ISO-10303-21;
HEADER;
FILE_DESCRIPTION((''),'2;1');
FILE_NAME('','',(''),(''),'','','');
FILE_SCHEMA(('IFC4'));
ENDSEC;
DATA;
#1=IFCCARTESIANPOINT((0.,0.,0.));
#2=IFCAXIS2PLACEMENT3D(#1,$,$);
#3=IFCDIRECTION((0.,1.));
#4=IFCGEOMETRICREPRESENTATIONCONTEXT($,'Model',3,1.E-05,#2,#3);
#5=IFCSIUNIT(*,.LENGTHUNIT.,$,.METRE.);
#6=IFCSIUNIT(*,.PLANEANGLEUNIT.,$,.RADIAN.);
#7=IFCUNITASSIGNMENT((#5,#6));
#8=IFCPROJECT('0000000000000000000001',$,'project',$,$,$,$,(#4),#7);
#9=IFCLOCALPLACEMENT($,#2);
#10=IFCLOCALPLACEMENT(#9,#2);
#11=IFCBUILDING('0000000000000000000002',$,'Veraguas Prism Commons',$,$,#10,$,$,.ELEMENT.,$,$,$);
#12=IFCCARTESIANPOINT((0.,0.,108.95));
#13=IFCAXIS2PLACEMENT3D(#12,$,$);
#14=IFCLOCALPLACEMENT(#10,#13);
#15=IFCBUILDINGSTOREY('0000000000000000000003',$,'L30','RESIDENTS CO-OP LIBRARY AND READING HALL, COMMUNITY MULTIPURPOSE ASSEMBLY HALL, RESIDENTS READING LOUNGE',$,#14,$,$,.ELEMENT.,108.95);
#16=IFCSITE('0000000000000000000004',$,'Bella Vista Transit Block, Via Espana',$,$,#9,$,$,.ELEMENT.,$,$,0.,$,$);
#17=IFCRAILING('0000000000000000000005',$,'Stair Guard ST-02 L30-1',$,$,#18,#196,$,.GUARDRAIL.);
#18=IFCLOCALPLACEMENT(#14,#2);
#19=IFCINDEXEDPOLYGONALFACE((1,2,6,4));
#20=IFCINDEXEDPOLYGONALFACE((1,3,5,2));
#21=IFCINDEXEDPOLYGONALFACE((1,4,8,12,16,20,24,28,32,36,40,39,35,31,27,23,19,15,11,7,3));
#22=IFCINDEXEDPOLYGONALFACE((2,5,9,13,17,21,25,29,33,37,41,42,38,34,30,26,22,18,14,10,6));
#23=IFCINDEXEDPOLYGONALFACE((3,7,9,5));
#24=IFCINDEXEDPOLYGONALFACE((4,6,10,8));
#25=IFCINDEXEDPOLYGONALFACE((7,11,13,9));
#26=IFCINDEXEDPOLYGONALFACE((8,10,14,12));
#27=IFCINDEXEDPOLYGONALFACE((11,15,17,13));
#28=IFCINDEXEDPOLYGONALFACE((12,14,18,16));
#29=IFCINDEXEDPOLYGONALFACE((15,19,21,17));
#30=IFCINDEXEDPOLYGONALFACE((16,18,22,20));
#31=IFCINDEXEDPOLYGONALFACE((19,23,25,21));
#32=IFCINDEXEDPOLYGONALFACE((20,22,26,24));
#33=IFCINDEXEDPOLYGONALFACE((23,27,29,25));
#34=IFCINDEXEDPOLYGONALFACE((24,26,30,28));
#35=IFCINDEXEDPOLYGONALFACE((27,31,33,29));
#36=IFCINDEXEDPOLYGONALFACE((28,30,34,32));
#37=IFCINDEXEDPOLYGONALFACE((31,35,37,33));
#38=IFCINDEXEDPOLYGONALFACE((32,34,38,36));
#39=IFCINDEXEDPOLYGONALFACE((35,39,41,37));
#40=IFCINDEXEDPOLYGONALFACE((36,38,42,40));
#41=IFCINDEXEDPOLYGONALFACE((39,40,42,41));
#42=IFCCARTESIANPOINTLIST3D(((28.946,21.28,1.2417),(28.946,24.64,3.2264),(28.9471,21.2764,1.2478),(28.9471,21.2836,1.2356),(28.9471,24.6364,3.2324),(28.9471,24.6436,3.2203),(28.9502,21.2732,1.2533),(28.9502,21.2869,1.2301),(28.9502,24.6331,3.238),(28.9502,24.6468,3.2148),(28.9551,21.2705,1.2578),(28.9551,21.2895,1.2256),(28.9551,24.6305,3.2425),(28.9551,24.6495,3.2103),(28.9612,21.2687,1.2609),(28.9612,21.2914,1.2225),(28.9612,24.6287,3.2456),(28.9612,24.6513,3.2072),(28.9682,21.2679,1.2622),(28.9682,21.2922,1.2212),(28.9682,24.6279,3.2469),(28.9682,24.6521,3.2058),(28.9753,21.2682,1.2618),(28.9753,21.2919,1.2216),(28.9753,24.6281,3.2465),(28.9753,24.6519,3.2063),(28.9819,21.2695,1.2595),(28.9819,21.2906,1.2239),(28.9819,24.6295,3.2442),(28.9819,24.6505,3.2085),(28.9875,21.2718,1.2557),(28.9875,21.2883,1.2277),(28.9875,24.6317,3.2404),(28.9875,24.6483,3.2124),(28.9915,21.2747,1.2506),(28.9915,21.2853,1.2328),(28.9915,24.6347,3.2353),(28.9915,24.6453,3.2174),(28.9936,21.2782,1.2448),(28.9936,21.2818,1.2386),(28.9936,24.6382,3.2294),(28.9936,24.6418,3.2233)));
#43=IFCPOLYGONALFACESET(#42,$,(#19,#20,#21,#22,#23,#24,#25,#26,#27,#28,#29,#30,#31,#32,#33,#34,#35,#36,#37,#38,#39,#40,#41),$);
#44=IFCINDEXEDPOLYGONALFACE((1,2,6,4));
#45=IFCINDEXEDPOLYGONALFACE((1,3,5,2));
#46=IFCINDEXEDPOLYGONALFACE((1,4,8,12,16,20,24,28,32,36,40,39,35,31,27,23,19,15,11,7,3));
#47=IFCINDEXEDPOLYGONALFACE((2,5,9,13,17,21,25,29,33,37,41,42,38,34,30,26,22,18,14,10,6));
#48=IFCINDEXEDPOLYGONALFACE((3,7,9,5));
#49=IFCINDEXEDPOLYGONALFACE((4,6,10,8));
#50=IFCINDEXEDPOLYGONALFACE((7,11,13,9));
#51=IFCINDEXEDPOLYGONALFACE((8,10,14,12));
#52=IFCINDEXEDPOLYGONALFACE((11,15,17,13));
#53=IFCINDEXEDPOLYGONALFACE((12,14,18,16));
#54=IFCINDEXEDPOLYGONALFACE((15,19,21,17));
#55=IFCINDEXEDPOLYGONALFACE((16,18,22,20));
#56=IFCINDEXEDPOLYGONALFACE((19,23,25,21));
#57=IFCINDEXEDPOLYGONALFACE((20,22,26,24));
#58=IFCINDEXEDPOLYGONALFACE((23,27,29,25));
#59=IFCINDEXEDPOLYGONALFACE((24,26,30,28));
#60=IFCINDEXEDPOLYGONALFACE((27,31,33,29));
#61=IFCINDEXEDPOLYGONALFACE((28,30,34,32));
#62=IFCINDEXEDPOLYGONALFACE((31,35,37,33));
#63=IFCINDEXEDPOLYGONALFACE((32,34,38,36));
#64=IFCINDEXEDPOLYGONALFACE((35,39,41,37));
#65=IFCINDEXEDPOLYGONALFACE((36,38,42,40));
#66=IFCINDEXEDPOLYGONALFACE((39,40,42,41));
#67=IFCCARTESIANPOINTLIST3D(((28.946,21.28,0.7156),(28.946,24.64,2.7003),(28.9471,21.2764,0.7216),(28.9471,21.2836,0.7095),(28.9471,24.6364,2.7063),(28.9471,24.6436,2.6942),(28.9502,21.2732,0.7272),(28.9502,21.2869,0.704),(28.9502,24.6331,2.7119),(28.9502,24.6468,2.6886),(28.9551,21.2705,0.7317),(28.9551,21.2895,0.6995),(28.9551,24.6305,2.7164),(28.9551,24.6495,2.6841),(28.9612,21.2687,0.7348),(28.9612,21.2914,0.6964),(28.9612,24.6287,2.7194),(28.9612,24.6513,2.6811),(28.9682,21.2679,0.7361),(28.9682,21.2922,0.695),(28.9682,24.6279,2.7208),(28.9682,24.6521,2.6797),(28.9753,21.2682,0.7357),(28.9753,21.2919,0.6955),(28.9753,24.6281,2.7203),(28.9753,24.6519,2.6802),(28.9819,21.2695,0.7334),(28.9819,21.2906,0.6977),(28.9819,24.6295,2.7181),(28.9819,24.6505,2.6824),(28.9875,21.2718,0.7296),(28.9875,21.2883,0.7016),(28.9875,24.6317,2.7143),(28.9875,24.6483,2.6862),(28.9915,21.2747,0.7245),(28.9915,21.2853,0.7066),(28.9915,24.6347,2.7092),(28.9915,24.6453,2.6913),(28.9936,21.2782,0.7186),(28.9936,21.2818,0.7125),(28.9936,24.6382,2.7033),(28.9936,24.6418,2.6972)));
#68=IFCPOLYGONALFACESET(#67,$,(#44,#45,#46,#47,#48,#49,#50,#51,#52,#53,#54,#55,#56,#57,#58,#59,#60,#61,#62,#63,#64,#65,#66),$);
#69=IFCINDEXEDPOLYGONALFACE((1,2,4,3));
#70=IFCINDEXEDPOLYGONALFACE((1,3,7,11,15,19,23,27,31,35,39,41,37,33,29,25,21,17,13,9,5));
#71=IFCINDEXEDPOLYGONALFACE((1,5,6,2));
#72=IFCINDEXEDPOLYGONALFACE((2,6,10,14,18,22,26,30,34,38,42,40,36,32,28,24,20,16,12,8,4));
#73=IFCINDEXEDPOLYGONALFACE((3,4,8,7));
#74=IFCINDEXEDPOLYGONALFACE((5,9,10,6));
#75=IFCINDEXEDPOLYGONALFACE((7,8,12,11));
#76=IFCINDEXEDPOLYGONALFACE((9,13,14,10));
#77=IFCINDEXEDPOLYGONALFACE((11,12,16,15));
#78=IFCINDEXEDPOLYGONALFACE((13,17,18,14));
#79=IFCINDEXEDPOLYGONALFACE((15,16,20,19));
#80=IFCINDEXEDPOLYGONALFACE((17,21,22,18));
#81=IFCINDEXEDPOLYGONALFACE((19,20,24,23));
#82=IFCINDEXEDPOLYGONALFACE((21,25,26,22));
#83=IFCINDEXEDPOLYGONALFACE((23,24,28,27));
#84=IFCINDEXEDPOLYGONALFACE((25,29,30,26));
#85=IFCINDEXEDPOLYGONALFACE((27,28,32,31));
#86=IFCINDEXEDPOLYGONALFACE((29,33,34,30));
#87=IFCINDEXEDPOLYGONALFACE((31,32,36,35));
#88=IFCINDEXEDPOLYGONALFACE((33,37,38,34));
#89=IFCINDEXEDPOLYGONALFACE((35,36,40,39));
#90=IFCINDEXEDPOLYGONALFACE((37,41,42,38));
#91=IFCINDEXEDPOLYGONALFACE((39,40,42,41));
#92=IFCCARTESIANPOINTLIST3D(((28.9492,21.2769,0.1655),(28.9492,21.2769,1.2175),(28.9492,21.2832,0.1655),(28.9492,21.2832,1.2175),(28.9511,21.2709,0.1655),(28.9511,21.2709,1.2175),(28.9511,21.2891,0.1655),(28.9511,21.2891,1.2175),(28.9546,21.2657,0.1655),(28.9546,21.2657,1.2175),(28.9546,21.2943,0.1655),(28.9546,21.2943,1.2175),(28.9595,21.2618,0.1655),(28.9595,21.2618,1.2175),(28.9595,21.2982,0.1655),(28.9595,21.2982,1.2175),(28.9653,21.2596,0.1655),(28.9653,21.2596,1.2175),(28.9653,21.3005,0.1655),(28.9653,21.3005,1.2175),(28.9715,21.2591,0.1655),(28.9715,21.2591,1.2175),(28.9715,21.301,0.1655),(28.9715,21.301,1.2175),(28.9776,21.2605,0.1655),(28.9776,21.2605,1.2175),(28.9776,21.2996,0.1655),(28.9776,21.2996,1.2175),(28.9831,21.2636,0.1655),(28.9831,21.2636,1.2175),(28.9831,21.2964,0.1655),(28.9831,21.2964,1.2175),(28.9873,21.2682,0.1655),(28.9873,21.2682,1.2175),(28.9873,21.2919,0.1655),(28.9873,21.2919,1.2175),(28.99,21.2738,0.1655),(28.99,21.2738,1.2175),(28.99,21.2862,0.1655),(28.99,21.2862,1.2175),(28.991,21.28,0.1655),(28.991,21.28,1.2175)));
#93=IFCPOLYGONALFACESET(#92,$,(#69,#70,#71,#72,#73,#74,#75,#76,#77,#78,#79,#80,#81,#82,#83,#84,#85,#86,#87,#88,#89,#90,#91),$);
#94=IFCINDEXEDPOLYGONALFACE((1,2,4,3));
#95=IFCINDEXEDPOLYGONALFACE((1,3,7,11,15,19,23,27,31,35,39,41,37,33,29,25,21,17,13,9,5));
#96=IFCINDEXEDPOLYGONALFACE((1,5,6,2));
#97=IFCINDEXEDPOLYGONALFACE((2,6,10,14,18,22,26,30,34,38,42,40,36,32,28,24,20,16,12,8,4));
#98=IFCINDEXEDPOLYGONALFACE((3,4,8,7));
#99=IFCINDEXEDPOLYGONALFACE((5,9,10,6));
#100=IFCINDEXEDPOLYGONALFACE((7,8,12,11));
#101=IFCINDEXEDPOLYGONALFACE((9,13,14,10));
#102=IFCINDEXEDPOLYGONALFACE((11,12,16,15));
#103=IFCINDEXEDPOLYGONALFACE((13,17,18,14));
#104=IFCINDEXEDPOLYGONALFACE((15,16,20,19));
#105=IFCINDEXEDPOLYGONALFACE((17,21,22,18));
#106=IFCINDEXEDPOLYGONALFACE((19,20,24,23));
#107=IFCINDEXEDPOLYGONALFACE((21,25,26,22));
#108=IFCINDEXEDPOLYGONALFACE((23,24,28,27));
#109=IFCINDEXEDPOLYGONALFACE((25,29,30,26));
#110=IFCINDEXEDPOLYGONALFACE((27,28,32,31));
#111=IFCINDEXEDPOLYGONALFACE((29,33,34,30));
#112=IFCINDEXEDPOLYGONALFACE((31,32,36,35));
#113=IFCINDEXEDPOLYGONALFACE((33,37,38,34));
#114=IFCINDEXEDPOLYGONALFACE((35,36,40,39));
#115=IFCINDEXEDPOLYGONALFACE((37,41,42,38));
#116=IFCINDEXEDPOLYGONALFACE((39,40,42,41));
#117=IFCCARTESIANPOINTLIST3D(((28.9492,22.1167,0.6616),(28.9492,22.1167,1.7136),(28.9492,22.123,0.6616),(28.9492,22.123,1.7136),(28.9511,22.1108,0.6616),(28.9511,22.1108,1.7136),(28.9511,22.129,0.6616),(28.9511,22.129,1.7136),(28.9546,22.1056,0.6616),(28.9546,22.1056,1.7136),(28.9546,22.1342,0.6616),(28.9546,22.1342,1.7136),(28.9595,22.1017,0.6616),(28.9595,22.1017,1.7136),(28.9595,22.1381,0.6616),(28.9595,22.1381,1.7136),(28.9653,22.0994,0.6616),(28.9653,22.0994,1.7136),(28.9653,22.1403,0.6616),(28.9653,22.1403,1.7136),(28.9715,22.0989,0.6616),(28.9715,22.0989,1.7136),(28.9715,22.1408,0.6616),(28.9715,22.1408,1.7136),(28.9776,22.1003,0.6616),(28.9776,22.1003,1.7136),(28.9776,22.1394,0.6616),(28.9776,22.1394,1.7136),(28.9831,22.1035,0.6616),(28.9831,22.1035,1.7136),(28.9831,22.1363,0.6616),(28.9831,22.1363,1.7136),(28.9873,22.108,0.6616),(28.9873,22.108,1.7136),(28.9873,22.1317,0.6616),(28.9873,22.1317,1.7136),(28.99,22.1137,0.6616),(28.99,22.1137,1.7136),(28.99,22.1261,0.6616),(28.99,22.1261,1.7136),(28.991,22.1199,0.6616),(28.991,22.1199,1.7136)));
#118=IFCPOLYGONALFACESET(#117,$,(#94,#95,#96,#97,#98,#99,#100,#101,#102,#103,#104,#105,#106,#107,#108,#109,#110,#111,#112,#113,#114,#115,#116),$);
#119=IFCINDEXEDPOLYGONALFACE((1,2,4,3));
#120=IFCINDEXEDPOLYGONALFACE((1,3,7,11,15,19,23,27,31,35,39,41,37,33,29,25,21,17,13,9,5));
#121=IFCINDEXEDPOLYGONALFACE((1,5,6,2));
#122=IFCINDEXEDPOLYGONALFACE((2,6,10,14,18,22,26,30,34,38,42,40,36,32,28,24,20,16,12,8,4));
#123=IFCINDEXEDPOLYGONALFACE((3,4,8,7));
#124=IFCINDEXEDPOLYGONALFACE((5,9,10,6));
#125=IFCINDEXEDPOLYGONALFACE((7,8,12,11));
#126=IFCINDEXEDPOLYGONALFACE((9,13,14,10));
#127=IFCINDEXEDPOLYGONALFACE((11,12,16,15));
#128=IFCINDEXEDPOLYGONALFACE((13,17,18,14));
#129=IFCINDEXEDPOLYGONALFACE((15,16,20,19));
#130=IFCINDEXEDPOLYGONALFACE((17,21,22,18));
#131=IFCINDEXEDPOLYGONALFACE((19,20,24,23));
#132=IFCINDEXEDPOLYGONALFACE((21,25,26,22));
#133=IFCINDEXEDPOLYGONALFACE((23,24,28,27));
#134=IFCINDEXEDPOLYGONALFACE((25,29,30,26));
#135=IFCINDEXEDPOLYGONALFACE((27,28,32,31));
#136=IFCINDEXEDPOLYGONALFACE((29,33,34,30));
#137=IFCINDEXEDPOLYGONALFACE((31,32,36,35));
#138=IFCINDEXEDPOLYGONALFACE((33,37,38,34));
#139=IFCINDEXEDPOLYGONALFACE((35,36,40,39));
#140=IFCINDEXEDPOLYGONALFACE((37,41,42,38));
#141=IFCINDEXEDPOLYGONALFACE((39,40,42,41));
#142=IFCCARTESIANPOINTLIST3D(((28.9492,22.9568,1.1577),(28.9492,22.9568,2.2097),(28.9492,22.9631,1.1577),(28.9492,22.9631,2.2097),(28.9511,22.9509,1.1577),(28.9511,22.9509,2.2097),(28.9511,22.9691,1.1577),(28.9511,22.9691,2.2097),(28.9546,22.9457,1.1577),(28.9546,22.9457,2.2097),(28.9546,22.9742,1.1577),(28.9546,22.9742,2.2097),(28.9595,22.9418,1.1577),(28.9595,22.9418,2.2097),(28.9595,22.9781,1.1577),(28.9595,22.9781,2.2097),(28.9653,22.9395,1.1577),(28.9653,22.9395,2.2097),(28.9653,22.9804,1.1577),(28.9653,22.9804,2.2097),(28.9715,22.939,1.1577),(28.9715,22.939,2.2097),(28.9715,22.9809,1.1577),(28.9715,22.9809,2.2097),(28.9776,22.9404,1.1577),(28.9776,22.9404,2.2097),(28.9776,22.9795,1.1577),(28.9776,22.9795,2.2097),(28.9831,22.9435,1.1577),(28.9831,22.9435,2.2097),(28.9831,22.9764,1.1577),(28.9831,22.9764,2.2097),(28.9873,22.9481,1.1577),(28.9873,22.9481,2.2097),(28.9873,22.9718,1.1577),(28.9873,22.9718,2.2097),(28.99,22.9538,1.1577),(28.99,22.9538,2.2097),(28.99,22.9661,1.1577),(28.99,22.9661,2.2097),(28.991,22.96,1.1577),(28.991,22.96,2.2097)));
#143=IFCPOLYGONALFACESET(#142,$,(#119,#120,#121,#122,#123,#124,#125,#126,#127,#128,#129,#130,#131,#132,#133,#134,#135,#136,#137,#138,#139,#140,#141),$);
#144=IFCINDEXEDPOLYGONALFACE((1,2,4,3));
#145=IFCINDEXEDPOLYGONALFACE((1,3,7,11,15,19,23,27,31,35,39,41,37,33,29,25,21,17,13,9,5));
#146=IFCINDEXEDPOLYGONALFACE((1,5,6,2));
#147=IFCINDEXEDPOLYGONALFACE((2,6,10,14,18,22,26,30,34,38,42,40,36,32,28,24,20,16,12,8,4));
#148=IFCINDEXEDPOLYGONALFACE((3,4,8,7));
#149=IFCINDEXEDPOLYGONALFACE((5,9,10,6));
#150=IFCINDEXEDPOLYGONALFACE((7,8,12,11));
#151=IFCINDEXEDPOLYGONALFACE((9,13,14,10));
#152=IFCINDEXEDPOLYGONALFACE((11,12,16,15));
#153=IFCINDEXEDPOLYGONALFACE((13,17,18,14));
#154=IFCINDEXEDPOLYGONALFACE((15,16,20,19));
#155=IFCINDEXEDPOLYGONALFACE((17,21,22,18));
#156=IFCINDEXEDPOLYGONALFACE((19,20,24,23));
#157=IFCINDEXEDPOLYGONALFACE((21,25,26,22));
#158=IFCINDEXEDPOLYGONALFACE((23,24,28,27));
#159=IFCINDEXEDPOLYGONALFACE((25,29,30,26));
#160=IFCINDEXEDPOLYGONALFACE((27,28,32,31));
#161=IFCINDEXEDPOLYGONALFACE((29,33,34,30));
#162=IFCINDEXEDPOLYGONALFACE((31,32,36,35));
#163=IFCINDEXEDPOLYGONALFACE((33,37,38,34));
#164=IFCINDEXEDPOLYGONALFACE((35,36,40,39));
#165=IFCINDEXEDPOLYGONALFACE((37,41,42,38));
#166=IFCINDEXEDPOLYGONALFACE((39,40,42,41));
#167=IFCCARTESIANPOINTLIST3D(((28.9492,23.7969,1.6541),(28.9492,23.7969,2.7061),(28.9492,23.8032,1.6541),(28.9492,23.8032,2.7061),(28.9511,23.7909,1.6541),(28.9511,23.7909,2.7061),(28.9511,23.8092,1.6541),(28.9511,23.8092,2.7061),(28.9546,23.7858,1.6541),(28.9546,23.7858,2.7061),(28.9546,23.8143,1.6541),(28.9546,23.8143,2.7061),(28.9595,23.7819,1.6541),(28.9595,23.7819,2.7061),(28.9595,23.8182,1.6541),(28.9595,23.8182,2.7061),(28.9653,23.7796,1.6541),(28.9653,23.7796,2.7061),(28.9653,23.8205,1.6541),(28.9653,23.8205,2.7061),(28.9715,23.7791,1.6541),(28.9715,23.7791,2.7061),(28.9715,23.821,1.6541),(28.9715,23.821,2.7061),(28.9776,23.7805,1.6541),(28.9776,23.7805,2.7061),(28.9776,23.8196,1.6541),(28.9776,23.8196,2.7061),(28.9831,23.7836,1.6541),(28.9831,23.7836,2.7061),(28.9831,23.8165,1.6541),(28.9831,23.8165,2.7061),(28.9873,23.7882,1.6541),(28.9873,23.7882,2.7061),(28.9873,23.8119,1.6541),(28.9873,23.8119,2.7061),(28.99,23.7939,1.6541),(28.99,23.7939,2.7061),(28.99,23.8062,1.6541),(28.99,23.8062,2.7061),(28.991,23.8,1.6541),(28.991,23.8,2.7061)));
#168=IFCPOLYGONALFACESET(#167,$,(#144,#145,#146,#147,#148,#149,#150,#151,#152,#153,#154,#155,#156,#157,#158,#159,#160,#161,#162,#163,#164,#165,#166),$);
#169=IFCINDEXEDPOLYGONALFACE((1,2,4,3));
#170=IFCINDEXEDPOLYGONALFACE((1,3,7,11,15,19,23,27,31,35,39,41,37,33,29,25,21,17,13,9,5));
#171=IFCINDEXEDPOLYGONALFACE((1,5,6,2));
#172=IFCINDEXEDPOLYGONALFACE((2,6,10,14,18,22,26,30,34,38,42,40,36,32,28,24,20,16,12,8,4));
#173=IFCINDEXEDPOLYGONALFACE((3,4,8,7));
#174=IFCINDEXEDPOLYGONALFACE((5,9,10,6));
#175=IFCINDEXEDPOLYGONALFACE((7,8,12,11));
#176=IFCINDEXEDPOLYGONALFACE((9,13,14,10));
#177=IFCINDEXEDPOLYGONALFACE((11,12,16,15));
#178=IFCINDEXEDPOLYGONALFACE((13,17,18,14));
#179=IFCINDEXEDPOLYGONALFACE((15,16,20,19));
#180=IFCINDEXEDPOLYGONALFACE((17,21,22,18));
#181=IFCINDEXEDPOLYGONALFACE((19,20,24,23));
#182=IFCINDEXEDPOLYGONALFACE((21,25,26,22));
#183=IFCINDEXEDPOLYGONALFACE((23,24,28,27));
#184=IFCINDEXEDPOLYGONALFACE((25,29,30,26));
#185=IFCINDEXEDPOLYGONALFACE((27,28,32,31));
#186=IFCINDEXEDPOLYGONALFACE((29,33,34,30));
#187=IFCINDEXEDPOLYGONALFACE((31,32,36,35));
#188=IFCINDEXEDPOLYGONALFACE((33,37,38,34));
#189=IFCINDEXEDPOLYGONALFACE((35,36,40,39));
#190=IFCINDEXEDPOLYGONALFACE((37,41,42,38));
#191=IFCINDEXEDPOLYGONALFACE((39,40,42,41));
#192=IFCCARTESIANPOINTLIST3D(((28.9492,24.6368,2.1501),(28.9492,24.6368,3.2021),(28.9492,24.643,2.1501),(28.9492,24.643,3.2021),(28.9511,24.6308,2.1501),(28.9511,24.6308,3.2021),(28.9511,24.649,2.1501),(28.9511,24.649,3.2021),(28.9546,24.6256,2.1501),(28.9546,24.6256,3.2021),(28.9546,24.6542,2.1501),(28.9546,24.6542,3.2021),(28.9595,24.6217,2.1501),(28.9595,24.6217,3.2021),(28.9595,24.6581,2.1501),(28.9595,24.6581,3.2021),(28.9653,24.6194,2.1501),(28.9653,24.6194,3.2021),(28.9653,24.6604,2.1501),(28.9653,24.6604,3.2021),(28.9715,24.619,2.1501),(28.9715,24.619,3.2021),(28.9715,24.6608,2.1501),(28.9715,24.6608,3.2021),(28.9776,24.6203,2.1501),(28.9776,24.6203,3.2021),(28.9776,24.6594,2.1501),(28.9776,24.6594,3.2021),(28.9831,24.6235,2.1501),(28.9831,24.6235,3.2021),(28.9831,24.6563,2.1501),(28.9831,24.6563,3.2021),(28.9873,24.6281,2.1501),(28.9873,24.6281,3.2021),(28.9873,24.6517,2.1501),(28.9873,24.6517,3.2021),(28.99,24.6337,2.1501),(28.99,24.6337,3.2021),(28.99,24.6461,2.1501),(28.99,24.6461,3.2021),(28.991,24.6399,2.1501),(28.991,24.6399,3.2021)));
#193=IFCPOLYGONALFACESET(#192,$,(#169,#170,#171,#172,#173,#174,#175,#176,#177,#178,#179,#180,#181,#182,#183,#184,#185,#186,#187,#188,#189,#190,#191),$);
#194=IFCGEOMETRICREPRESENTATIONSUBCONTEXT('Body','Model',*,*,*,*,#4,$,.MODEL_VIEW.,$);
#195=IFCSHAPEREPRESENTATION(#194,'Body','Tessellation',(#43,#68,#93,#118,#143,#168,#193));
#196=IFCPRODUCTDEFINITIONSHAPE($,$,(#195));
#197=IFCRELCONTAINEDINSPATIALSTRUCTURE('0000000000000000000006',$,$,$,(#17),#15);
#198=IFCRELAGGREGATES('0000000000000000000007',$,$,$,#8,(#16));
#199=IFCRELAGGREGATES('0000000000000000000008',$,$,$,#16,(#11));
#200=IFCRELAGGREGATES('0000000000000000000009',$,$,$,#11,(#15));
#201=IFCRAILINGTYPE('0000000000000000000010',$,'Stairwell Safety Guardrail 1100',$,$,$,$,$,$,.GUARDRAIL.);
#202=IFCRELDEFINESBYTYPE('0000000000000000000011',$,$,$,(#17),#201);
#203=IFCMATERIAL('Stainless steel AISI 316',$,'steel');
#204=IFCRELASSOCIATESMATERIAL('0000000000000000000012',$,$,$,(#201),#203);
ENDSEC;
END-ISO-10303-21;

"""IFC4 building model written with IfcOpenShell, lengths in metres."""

from ifc_helpers import new_model, si_unit, direction, frame, origin, origin_2d, place, context, subcontext, project, spatial, circle, extrude, material, type_object, element, save


model = new_model("IFC4")

# Units and contexts
model_context = context("Model", 3, precision=1e-05, world=origin(), true_north=direction((0.0, 1.0)))
body_context = subcontext(model_context, "Body", "Model", "MODEL_VIEW")
ifc_project = project(units=[si_unit("LENGTHUNIT", "METRE"), si_unit("PLANEANGLEUNIT", "RADIAN")], contexts=[model_context])

# Site, building, storey
site_placement = place(None, origin())
site = spatial("IfcSite", under=ifc_project, at=site_placement, Name="Bella Vista Transit Block, Via Espana", CompositionType="ELEMENT", RefElevation=0.0)
building_placement = place(site_placement, origin())
building = spatial("IfcBuilding", under=site, at=building_placement, Name="Veraguas Prism Commons", CompositionType="ELEMENT")
storey_placement = place(building_placement, frame((0.0, 0.0, 108.95)))
storey = spatial("IfcBuildingStorey", under=building, at=storey_placement, Name="L30", Description="RESIDENTS CO-OP LIBRARY AND READING HALL, COMMUNITY MULTIPURPOSE ASSEMBLY HALL, RESIDENTS READING LOUNGE", CompositionType="ELEMENT", Elevation=108.95)

# Shared definitions
ifc_material_1 = material(Name="Stainless steel AISI 316", Category="steel")

# Railing
railing_type_1 = type_object("IfcRailingType", Name="Stairwell Safety Guardrail 1100", PredefinedType="GUARDRAIL", material=ifc_material_1)
railing_1_placement = place(storey_placement, frame((28.97, 21.28, 0.1655)))
element("IfcRailing", 1, at=railing_1_placement, inside=storey, type_object=railing_type_1, Name="Stair Guard ST-02 L30-1", PredefinedType="GUARDRAIL", context=body_context, shape_type="SweptSolid", body=[
    extrude(circle(Radius=0.0239, at=origin_2d()), frame((0.0, 0.0, 1.0762), z_axis=(0.0, 0.861011, 0.508586), x_axis=(-1.0, 0.0, 0.0)), (0.0, 0.0, 1.0), 3.9023),
    extrude(circle(Radius=0.0239, at=origin_2d()), frame((0.0, 0.0, 0.55), z_axis=(0.0, 0.861011, 0.508586), x_axis=(-1.0, 0.0, 0.0)), (0.0, 0.0, 1.0), 3.9023),
    extrude(circle(Radius=0.021, at=origin_2d()), origin(), (0.0, 0.0, 1.0), 1.052),
    extrude(circle(Radius=0.021, at=origin_2d()), frame((0.0, 0.8398, 0.4961)), (0.0, 0.0, 1.0), 1.052),
    extrude(circle(Radius=0.021, at=origin_2d()), frame((0.0, 1.6799, 0.9922)), (0.0, 0.0, 1.0), 1.052),
    extrude(circle(Radius=0.021, at=origin_2d()), frame((0.0, 2.52, 1.4885)), (0.0, 0.0, 1.0), 1.052),
    extrude(circle(Radius=0.021, at=origin_2d()), frame((0.0, 3.3599, 1.9846)), (0.0, 0.0, 1.0), 1.052),
])

save(model, "model.ifc")
